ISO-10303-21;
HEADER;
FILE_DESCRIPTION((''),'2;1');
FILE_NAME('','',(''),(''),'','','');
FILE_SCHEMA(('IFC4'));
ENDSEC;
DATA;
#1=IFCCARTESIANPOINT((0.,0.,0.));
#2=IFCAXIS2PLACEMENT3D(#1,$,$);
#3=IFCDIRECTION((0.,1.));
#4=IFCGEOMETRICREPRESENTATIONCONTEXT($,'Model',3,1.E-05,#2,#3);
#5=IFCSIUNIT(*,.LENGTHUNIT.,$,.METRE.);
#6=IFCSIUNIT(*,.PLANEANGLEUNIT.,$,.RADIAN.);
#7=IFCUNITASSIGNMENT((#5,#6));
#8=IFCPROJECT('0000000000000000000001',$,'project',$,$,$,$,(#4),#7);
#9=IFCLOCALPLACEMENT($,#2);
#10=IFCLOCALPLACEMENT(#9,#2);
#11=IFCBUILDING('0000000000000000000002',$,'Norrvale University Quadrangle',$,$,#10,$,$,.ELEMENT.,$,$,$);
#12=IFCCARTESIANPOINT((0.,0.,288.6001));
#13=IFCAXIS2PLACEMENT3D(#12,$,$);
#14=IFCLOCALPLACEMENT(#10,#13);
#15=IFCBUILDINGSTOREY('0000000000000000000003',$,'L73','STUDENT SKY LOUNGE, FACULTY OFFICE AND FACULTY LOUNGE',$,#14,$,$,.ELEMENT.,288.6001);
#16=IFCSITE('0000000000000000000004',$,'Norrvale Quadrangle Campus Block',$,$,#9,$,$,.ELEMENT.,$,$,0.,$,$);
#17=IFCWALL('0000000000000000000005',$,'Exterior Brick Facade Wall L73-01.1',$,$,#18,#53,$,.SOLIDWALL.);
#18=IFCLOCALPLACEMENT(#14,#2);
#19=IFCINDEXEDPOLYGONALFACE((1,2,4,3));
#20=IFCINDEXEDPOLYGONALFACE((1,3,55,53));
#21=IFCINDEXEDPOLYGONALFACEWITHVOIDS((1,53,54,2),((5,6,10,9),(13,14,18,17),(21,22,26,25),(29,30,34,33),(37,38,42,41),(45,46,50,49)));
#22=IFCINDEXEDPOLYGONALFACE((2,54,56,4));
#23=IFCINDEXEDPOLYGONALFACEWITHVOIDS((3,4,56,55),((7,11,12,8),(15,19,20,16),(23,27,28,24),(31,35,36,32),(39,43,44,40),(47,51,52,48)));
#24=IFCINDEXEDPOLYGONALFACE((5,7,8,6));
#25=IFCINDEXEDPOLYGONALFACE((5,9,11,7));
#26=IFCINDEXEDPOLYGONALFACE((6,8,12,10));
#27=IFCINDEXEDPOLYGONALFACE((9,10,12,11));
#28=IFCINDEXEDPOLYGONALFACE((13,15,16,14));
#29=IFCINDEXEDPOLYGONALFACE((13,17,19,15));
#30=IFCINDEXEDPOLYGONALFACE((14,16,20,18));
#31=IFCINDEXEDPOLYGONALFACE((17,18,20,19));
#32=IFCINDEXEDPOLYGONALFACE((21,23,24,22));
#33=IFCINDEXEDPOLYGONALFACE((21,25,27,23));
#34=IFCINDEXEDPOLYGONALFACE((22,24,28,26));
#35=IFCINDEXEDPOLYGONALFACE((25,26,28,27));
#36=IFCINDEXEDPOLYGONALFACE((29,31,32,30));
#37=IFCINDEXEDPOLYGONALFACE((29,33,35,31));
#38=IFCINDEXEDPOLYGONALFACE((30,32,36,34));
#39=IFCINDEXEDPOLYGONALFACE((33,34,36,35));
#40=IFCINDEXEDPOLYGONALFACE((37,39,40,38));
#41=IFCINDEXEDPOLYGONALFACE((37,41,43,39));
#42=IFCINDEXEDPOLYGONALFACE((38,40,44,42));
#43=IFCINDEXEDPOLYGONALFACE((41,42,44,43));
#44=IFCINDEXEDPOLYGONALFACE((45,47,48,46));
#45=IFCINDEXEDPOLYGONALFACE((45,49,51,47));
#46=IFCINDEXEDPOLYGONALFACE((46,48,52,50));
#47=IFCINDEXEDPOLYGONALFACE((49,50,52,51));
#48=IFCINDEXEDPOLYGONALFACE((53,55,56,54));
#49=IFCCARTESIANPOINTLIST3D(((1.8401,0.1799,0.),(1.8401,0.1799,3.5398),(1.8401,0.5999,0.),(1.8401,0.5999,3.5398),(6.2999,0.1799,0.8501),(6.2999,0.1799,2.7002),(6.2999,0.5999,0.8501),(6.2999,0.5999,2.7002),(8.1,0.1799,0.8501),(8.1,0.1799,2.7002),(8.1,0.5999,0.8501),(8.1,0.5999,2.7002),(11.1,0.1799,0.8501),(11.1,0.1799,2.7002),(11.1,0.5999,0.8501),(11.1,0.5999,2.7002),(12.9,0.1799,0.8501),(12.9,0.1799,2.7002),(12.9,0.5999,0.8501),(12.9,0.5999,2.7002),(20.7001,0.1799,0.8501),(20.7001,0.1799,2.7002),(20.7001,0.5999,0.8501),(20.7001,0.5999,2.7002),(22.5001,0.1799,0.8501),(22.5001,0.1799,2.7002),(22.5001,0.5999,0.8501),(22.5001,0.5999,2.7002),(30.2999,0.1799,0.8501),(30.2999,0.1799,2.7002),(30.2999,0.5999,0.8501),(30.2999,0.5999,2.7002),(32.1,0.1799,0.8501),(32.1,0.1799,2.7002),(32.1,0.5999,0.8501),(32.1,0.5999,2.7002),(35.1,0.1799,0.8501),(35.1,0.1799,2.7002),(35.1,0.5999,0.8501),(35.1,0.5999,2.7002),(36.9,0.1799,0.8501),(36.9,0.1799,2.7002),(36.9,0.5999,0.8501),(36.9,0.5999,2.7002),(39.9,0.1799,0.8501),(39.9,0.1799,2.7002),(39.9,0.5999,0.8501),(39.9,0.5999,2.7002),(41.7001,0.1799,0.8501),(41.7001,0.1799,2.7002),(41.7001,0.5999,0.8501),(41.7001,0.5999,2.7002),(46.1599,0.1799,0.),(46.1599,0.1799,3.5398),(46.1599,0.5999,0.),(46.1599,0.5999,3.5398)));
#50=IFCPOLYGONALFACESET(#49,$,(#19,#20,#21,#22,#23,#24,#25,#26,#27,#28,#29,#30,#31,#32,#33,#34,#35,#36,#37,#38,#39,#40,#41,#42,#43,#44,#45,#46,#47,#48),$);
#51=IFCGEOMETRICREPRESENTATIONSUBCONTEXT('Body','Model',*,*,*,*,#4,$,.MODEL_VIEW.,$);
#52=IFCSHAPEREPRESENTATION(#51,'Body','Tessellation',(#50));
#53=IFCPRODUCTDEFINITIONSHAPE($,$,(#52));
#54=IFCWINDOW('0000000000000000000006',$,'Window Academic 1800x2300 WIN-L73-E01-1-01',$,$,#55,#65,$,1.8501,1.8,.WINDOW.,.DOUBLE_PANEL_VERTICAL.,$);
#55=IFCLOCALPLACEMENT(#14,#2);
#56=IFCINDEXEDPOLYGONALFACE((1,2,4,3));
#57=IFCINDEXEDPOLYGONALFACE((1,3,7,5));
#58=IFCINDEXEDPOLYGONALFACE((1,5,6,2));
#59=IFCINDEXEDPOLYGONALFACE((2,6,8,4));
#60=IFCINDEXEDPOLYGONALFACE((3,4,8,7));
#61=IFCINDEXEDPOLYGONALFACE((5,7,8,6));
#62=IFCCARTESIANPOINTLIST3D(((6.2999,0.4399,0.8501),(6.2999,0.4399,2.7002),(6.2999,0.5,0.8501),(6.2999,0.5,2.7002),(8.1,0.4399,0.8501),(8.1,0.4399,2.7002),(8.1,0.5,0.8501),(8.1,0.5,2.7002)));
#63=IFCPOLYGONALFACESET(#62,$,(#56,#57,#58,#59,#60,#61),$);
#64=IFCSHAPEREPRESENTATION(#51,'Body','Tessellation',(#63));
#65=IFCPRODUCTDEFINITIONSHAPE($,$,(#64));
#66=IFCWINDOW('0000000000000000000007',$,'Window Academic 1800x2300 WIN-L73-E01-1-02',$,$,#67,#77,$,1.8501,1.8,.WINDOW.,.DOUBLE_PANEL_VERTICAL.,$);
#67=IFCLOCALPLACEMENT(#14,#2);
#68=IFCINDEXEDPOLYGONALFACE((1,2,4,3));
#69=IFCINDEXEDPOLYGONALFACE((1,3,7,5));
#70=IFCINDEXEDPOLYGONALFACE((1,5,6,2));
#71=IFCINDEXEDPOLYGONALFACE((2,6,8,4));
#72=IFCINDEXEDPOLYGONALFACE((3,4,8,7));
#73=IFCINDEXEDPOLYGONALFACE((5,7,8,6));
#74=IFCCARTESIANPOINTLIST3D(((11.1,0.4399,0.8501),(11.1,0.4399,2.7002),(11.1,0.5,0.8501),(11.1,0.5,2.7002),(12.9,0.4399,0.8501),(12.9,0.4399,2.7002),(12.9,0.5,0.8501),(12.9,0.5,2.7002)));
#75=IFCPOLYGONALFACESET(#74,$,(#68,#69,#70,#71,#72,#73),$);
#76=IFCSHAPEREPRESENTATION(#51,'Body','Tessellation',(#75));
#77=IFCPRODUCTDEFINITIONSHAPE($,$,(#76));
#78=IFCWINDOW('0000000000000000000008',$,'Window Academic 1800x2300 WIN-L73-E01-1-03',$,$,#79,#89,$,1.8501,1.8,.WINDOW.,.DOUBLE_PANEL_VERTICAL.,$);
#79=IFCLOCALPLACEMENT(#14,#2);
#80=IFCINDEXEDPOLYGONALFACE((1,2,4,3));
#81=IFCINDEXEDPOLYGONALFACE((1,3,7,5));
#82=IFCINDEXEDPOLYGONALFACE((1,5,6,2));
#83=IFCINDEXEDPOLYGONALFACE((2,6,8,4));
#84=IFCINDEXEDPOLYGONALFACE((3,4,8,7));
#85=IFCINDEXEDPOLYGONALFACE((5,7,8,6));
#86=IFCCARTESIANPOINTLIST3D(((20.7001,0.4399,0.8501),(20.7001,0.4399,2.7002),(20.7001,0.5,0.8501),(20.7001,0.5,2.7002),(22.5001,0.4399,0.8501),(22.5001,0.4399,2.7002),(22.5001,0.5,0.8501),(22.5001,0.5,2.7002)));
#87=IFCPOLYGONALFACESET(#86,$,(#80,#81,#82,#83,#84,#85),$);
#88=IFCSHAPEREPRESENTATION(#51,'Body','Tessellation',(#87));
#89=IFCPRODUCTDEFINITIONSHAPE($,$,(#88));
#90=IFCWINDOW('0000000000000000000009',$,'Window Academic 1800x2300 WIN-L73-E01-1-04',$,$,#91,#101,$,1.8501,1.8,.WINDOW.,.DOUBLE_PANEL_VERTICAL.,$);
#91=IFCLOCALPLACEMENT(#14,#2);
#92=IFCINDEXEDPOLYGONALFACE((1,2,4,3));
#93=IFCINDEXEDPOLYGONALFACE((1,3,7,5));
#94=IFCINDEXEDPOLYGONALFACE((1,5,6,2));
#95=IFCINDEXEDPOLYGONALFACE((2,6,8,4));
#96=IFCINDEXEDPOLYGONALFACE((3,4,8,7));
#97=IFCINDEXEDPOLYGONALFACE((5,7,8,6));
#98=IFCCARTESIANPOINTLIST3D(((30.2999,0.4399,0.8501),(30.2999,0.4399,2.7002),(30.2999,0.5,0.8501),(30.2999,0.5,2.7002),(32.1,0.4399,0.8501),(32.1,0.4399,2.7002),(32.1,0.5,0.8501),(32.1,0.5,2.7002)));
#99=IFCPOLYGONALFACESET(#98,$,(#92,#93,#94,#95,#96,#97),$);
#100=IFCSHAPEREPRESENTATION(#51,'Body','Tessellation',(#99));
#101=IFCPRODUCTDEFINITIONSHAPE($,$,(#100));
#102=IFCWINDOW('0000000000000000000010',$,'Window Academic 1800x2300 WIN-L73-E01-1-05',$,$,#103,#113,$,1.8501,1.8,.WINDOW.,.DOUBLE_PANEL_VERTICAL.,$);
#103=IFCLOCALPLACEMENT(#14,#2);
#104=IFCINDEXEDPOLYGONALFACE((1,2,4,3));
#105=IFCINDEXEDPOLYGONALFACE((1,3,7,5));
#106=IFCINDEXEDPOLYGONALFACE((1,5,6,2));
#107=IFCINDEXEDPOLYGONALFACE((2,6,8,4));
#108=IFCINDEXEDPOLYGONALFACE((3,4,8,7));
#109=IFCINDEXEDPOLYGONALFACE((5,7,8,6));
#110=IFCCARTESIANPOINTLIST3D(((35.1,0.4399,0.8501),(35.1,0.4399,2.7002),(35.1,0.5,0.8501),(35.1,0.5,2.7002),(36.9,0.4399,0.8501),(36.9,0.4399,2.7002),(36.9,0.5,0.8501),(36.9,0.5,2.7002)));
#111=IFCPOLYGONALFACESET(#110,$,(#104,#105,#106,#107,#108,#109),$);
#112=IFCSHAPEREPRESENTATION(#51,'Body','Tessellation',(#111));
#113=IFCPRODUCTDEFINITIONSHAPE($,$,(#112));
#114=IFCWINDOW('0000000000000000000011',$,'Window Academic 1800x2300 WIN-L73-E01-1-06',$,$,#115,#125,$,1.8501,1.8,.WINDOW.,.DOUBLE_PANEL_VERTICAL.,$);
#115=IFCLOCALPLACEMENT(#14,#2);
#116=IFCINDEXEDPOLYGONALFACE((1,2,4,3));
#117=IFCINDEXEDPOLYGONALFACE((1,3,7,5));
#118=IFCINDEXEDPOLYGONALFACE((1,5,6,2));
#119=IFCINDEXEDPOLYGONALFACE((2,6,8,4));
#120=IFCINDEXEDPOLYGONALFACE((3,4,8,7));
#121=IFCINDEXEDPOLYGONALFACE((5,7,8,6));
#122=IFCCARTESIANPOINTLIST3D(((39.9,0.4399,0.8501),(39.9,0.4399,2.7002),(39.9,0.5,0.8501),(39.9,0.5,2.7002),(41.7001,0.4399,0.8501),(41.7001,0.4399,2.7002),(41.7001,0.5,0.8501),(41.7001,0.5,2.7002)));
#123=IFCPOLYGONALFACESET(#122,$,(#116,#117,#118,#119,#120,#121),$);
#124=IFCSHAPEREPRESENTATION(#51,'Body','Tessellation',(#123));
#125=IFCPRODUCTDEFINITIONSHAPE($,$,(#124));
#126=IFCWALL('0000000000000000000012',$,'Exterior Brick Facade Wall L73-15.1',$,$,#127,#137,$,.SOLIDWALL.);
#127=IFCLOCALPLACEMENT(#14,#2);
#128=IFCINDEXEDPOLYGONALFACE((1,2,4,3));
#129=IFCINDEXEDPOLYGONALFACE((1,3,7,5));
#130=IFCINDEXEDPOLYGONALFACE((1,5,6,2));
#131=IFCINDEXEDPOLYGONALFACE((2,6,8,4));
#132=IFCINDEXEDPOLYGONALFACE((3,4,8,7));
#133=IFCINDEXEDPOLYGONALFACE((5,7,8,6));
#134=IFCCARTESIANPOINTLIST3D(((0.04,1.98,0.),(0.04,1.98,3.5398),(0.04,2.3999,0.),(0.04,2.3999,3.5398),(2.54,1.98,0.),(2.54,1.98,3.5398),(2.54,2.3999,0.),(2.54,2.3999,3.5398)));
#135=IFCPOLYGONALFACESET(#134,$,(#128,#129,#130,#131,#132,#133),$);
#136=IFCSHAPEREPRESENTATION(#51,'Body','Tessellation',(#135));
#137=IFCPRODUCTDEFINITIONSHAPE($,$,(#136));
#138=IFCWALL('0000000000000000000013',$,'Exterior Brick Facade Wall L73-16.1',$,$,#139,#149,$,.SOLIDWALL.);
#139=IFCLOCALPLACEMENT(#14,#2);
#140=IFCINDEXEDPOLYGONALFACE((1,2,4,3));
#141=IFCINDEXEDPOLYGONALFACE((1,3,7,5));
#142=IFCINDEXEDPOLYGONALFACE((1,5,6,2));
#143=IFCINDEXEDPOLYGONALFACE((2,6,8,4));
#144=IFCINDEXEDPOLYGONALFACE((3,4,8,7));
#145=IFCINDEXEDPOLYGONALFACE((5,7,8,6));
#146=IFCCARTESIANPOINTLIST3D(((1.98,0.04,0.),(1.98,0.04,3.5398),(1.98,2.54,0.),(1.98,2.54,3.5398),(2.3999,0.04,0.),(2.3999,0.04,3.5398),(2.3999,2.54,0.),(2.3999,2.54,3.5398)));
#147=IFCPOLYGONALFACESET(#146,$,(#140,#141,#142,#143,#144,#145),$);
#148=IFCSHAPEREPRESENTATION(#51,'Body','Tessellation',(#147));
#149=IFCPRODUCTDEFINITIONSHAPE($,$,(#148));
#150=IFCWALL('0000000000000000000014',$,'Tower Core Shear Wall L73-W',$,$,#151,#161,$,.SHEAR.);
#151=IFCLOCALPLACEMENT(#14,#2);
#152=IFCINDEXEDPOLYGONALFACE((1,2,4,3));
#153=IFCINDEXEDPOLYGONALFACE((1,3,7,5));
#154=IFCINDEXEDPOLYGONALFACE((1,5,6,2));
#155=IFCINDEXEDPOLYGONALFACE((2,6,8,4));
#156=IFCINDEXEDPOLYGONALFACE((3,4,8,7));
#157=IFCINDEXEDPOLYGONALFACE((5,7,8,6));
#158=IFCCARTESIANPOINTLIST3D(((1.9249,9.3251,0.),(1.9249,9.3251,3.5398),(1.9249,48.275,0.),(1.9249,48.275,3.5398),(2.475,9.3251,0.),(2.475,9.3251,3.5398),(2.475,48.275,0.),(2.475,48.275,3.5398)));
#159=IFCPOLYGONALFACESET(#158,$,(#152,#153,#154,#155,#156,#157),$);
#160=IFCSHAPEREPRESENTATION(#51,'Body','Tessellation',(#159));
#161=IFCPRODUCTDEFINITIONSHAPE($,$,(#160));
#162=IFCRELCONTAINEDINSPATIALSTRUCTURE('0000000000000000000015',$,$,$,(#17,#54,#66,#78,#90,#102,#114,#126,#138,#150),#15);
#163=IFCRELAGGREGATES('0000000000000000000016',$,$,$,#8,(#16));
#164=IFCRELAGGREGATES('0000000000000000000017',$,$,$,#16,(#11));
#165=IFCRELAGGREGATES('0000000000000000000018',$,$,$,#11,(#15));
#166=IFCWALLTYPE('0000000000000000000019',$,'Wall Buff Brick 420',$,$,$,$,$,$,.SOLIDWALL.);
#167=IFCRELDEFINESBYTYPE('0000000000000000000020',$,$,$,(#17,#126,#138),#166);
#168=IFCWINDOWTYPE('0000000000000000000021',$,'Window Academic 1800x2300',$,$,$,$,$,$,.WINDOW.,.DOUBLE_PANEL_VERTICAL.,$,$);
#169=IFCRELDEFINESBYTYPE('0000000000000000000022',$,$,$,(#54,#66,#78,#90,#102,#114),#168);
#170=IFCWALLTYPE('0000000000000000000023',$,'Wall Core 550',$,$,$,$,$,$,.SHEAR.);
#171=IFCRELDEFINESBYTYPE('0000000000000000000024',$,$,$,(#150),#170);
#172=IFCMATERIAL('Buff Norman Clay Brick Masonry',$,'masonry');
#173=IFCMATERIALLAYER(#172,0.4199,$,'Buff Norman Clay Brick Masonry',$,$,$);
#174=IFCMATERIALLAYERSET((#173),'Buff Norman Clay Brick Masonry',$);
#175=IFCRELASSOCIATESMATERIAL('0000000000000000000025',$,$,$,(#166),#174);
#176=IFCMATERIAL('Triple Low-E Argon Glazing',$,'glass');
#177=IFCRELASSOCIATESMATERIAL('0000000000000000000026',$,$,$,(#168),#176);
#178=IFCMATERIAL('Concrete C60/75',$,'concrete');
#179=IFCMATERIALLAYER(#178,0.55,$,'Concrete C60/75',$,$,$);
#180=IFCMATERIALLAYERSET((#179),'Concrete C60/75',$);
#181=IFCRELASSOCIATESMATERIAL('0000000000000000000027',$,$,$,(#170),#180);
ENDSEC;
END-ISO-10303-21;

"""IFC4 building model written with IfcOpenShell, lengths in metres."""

from ifc_helpers import new_model, si_unit, direction, frame, frame_2d, origin, place, context, subcontext, project, spatial, rectangle, extrude, material, layer, layer_set, type_object, element, fill, save


model = new_model("IFC4")

# Units and contexts
model_context = context("Model", 3, precision=1e-05, world=origin(), true_north=direction((0.0, 1.0)))
body_context = subcontext(model_context, "Body", "Model", "MODEL_VIEW")
ifc_project = project(units=[si_unit("LENGTHUNIT", "METRE"), si_unit("PLANEANGLEUNIT", "RADIAN")], contexts=[model_context])

# Site, building, storey
site_placement = place(None, origin())
site = spatial("IfcSite", under=ifc_project, at=site_placement, Name="Norrvale Quadrangle Campus Block", CompositionType="ELEMENT", RefElevation=0.0)
building_placement = place(site_placement, origin())
building = spatial("IfcBuilding", under=site, at=building_placement, Name="Norrvale University Quadrangle", CompositionType="ELEMENT")
storey_placement = place(building_placement, frame((0.0, 0.0, 288.6001)))
storey = spatial("IfcBuildingStorey", under=building, at=storey_placement, Name="L73", Description="STUDENT SKY LOUNGE, FACULTY OFFICE AND FACULTY LOUNGE", CompositionType="ELEMENT", Elevation=288.6001)

# Shared definitions
ifc_material_1 = material(Name="Concrete C60/75", Category="concrete")

# Wall, openings, windows
ifc_material_2 = material(Name="Buff Norman Clay Brick Masonry", Category="masonry")
ifc_layer_1 = layer(ifc_material_2, 0.4199, Name="Buff Norman Clay Brick Masonry")
ifc_layer_set_1 = layer_set([ifc_layer_1], Name="Buff Norman Clay Brick Masonry")
wall_type_1 = type_object("IfcWallType", Name="Wall Buff Brick 420", PredefinedType="SOLIDWALL", material=ifc_layer_set_1)
wall_1_placement = place(storey_placement, frame((1.8401, 0.3899, 0.0), z_axis=(0.0, 0.0, 1.0), x_axis=(1.0, 0.0, 0.0)))
wall_1 = element("IfcWall", 1, at=wall_1_placement, inside=storey, type_object=wall_type_1, Name="Exterior Brick Facade Wall L73-01.1", PredefinedType="SOLIDWALL", context=body_context, shape_type="SweptSolid", body=[
    extrude(rectangle(XDim=44.3198, YDim=0.4199, at=frame_2d((22.1599, 0.0))), origin(), (0.0, 0.0, 1.0), 3.5398),
])
opening_1_placement = place(wall_1_placement, frame((4.46, 0.0, 0.8501)))
opening_1 = element("IfcOpeningElement", 2, at=opening_1_placement, cuts=wall_1, PredefinedType="OPENING", context=body_context, shape_type="SweptSolid", body=[
    extrude(rectangle(XDim=1.8, YDim=1.8501, at=frame_2d((0.8999, 0.925))), frame((0.0, 0.2219, 0.0), z_axis=(0.0, -1.0, 0.0), x_axis=(1.0, 0.0, 0.0)), (0.0, 0.0, 1.0), 0.4438),
])
opening_2_placement = place(wall_1_placement, frame((9.26, 0.0, 0.8501)))
opening_2 = element("IfcOpeningElement", 3, at=opening_2_placement, cuts=wall_1, PredefinedType="OPENING", context=body_context, shape_type="SweptSolid", body=[
    extrude(rectangle(XDim=1.8, YDim=1.8501, at=frame_2d((0.8999, 0.925))), frame((0.0, 0.2219, 0.0), z_axis=(0.0, -1.0, 0.0), x_axis=(1.0, 0.0, 0.0)), (0.0, 0.0, 1.0), 0.4438),
])
opening_3_placement = place(wall_1_placement, frame((18.8601, 0.0, 0.8501)))
opening_3 = element("IfcOpeningElement", 4, at=opening_3_placement, cuts=wall_1, PredefinedType="OPENING", context=body_context, shape_type="SweptSolid", body=[
    extrude(rectangle(XDim=1.8, YDim=1.8501, at=frame_2d((0.8999, 0.925))), frame((0.0, 0.2219, 0.0), z_axis=(0.0, -1.0, 0.0), x_axis=(1.0, 0.0, 0.0)), (0.0, 0.0, 1.0), 0.4438),
])
opening_4_placement = place(wall_1_placement, frame((28.46, 0.0, 0.8501)))
opening_4 = element("IfcOpeningElement", 5, at=opening_4_placement, cuts=wall_1, PredefinedType="OPENING", context=body_context, shape_type="SweptSolid", body=[
    extrude(rectangle(XDim=1.8, YDim=1.8501, at=frame_2d((0.8999, 0.925))), frame((0.0, 0.2219, 0.0), z_axis=(0.0, -1.0, 0.0), x_axis=(1.0, 0.0, 0.0)), (0.0, 0.0, 1.0), 0.4438),
])
opening_5_placement = place(wall_1_placement, frame((33.26, 0.0, 0.8501)))
opening_5 = element("IfcOpeningElement", 6, at=opening_5_placement, cuts=wall_1, PredefinedType="OPENING", context=body_context, shape_type="SweptSolid", body=[
    extrude(rectangle(XDim=1.8, YDim=1.8501, at=frame_2d((0.8999, 0.925))), frame((0.0, 0.2219, 0.0), z_axis=(0.0, -1.0, 0.0), x_axis=(1.0, 0.0, 0.0)), (0.0, 0.0, 1.0), 0.4438),
])
opening_6_placement = place(wall_1_placement, frame((38.0601, 0.0, 0.8501)))
opening_6 = element("IfcOpeningElement", 7, at=opening_6_placement, cuts=wall_1, PredefinedType="OPENING", context=body_context, shape_type="SweptSolid", body=[
    extrude(rectangle(XDim=1.8, YDim=1.8501, at=frame_2d((0.8999, 0.925))), frame((0.0, 0.2219, 0.0), z_axis=(0.0, -1.0, 0.0), x_axis=(1.0, 0.0, 0.0)), (0.0, 0.0, 1.0), 0.4438),
])
ifc_material_3 = material(Name="Triple Low-E Argon Glazing", Category="glass")
window_type = type_object("IfcWindowType", Name="Window Academic 1800x2300", PartitioningType="DOUBLE_PANEL_VERTICAL", PredefinedType="WINDOW", material=ifc_material_3)
window_1_placement = place(opening_1_placement, origin())
window_1 = element("IfcWindow", 8, at=window_1_placement, inside=storey, type_object=window_type, Name="Window Academic 1800x2300 WIN-L73-E01-1-01", OverallHeight=1.8501, OverallWidth=1.8, PartitioningType="DOUBLE_PANEL_VERTICAL", PredefinedType="WINDOW", context=body_context, shape_type="SweptSolid", body=[
    extrude(rectangle(XDim=1.8, YDim=1.8501, at=frame_2d((0.8999, 0.925))), frame((0.0, 0.1101, 0.0), z_axis=(0.0, -1.0, 0.0), x_axis=(1.0, 0.0, 0.0)), (0.0, 0.0, 1.0), 0.0601),
])
fill(opening_1, window_1)
window_2_placement = place(opening_2_placement, origin())
window_2 = element("IfcWindow", 9, at=window_2_placement, inside=storey, type_object=window_type, Name="Window Academic 1800x2300 WIN-L73-E01-1-02", OverallHeight=1.8501, OverallWidth=1.8, PartitioningType="DOUBLE_PANEL_VERTICAL", PredefinedType="WINDOW", context=body_context, shape_type="SweptSolid", body=[
    extrude(rectangle(XDim=1.8, YDim=1.8501, at=frame_2d((0.8999, 0.925))), frame((0.0, 0.1101, 0.0), z_axis=(0.0, -1.0, 0.0), x_axis=(1.0, 0.0, 0.0)), (0.0, 0.0, 1.0), 0.0601),
])
fill(opening_2, window_2)
window_3_placement = place(opening_3_placement, origin())
window_3 = element("IfcWindow", 10, at=window_3_placement, inside=storey, type_object=window_type, Name="Window Academic 1800x2300 WIN-L73-E01-1-03", OverallHeight=1.8501, OverallWidth=1.8, PartitioningType="DOUBLE_PANEL_VERTICAL", PredefinedType="WINDOW", context=body_context, shape_type="SweptSolid", body=[
    extrude(rectangle(XDim=1.8, YDim=1.8501, at=frame_2d((0.8999, 0.925))), frame((0.0, 0.1101, 0.0), z_axis=(0.0, -1.0, 0.0), x_axis=(1.0, 0.0, 0.0)), (0.0, 0.0, 1.0), 0.0601),
])
fill(opening_3, window_3)
window_4_placement = place(opening_4_placement, origin())
window_4 = element("IfcWindow", 11, at=window_4_placement, inside=storey, type_object=window_type, Name="Window Academic 1800x2300 WIN-L73-E01-1-04", OverallHeight=1.8501, OverallWidth=1.8, PartitioningType="DOUBLE_PANEL_VERTICAL", PredefinedType="WINDOW", context=body_context, shape_type="SweptSolid", body=[
    extrude(rectangle(XDim=1.8, YDim=1.8501, at=frame_2d((0.8999, 0.925))), frame((0.0, 0.1101, 0.0), z_axis=(0.0, -1.0, 0.0), x_axis=(1.0, 0.0, 0.0)), (0.0, 0.0, 1.0), 0.0601),
])
fill(opening_4, window_4)
window_5_placement = place(opening_5_placement, origin())
window_5 = element("IfcWindow", 12, at=window_5_placement, inside=storey, type_object=window_type, Name="Window Academic 1800x2300 WIN-L73-E01-1-05", OverallHeight=1.8501, OverallWidth=1.8, PartitioningType="DOUBLE_PANEL_VERTICAL", PredefinedType="WINDOW", context=body_context, shape_type="SweptSolid", body=[
    extrude(rectangle(XDim=1.8, YDim=1.8501, at=frame_2d((0.8999, 0.925))), frame((0.0, 0.1101, 0.0), z_axis=(0.0, -1.0, 0.0), x_axis=(1.0, 0.0, 0.0)), (0.0, 0.0, 1.0), 0.0601),
])
fill(opening_5, window_5)
window_6_placement = place(opening_6_placement, origin())
window_6 = element("IfcWindow", 13, at=window_6_placement, inside=storey, type_object=window_type, Name="Window Academic 1800x2300 WIN-L73-E01-1-06", OverallHeight=1.8501, OverallWidth=1.8, PartitioningType="DOUBLE_PANEL_VERTICAL", PredefinedType="WINDOW", context=body_context, shape_type="SweptSolid", body=[
    extrude(rectangle(XDim=1.8, YDim=1.8501, at=frame_2d((0.8999, 0.925))), frame((0.0, 0.1101, 0.0), z_axis=(0.0, -1.0, 0.0), x_axis=(1.0, 0.0, 0.0)), (0.0, 0.0, 1.0), 0.0601),
])
fill(opening_6, window_6)

# Walls
for number, where, z_axis, x_axis, name in (
    (14, (0.04, 2.1899, 0.0), (0.0, 0.0, 1.0), (1.0, 0.0, 0.0), "Exterior Brick Facade Wall L73-15.1"),
    (15, (2.1899, 2.54, 0.0), (0.0, 0.0, 1.0), (0.0, -1.0, 0.0), "Exterior Brick Facade Wall L73-16.1"),
):
    element("IfcWall", number, at=place(storey_placement, frame(where, z_axis=z_axis, x_axis=x_axis)), inside=storey, type_object=wall_type_1, Name=name, PredefinedType="SOLIDWALL", context=body_context, shape_type="SweptSolid", body=[
        extrude(rectangle(XDim=2.5, YDim=0.4199, at=frame_2d((1.25, 0.0))), origin(), (0.0, 0.0, 1.0), 3.5398),
    ])
ifc_layer_2 = layer(ifc_material_1, 0.55, Name="Concrete C60/75")
ifc_layer_set_2 = layer_set([ifc_layer_2], Name="Concrete C60/75")
wall_type_2 = type_object("IfcWallType", Name="Wall Core 550", PredefinedType="SHEAR", material=ifc_layer_set_2)
wall_2_placement = place(storey_placement, frame((2.2, 9.325, 0.0), z_axis=(0.0, 0.0, 1.0), x_axis=(0.0, 1.0, 0.0)))
element("IfcWall", 16, at=wall_2_placement, inside=storey, type_object=wall_type_2, Name="Tower Core Shear Wall L73-W", PredefinedType="SHEAR", context=body_context, shape_type="SweptSolid", body=[
    extrude(rectangle(XDim=38.95, YDim=0.55, at=frame_2d((19.4751, 0.0))), origin(), (0.0, 0.0, 1.0), 3.5398),
])

save(model, "model.ifc")
